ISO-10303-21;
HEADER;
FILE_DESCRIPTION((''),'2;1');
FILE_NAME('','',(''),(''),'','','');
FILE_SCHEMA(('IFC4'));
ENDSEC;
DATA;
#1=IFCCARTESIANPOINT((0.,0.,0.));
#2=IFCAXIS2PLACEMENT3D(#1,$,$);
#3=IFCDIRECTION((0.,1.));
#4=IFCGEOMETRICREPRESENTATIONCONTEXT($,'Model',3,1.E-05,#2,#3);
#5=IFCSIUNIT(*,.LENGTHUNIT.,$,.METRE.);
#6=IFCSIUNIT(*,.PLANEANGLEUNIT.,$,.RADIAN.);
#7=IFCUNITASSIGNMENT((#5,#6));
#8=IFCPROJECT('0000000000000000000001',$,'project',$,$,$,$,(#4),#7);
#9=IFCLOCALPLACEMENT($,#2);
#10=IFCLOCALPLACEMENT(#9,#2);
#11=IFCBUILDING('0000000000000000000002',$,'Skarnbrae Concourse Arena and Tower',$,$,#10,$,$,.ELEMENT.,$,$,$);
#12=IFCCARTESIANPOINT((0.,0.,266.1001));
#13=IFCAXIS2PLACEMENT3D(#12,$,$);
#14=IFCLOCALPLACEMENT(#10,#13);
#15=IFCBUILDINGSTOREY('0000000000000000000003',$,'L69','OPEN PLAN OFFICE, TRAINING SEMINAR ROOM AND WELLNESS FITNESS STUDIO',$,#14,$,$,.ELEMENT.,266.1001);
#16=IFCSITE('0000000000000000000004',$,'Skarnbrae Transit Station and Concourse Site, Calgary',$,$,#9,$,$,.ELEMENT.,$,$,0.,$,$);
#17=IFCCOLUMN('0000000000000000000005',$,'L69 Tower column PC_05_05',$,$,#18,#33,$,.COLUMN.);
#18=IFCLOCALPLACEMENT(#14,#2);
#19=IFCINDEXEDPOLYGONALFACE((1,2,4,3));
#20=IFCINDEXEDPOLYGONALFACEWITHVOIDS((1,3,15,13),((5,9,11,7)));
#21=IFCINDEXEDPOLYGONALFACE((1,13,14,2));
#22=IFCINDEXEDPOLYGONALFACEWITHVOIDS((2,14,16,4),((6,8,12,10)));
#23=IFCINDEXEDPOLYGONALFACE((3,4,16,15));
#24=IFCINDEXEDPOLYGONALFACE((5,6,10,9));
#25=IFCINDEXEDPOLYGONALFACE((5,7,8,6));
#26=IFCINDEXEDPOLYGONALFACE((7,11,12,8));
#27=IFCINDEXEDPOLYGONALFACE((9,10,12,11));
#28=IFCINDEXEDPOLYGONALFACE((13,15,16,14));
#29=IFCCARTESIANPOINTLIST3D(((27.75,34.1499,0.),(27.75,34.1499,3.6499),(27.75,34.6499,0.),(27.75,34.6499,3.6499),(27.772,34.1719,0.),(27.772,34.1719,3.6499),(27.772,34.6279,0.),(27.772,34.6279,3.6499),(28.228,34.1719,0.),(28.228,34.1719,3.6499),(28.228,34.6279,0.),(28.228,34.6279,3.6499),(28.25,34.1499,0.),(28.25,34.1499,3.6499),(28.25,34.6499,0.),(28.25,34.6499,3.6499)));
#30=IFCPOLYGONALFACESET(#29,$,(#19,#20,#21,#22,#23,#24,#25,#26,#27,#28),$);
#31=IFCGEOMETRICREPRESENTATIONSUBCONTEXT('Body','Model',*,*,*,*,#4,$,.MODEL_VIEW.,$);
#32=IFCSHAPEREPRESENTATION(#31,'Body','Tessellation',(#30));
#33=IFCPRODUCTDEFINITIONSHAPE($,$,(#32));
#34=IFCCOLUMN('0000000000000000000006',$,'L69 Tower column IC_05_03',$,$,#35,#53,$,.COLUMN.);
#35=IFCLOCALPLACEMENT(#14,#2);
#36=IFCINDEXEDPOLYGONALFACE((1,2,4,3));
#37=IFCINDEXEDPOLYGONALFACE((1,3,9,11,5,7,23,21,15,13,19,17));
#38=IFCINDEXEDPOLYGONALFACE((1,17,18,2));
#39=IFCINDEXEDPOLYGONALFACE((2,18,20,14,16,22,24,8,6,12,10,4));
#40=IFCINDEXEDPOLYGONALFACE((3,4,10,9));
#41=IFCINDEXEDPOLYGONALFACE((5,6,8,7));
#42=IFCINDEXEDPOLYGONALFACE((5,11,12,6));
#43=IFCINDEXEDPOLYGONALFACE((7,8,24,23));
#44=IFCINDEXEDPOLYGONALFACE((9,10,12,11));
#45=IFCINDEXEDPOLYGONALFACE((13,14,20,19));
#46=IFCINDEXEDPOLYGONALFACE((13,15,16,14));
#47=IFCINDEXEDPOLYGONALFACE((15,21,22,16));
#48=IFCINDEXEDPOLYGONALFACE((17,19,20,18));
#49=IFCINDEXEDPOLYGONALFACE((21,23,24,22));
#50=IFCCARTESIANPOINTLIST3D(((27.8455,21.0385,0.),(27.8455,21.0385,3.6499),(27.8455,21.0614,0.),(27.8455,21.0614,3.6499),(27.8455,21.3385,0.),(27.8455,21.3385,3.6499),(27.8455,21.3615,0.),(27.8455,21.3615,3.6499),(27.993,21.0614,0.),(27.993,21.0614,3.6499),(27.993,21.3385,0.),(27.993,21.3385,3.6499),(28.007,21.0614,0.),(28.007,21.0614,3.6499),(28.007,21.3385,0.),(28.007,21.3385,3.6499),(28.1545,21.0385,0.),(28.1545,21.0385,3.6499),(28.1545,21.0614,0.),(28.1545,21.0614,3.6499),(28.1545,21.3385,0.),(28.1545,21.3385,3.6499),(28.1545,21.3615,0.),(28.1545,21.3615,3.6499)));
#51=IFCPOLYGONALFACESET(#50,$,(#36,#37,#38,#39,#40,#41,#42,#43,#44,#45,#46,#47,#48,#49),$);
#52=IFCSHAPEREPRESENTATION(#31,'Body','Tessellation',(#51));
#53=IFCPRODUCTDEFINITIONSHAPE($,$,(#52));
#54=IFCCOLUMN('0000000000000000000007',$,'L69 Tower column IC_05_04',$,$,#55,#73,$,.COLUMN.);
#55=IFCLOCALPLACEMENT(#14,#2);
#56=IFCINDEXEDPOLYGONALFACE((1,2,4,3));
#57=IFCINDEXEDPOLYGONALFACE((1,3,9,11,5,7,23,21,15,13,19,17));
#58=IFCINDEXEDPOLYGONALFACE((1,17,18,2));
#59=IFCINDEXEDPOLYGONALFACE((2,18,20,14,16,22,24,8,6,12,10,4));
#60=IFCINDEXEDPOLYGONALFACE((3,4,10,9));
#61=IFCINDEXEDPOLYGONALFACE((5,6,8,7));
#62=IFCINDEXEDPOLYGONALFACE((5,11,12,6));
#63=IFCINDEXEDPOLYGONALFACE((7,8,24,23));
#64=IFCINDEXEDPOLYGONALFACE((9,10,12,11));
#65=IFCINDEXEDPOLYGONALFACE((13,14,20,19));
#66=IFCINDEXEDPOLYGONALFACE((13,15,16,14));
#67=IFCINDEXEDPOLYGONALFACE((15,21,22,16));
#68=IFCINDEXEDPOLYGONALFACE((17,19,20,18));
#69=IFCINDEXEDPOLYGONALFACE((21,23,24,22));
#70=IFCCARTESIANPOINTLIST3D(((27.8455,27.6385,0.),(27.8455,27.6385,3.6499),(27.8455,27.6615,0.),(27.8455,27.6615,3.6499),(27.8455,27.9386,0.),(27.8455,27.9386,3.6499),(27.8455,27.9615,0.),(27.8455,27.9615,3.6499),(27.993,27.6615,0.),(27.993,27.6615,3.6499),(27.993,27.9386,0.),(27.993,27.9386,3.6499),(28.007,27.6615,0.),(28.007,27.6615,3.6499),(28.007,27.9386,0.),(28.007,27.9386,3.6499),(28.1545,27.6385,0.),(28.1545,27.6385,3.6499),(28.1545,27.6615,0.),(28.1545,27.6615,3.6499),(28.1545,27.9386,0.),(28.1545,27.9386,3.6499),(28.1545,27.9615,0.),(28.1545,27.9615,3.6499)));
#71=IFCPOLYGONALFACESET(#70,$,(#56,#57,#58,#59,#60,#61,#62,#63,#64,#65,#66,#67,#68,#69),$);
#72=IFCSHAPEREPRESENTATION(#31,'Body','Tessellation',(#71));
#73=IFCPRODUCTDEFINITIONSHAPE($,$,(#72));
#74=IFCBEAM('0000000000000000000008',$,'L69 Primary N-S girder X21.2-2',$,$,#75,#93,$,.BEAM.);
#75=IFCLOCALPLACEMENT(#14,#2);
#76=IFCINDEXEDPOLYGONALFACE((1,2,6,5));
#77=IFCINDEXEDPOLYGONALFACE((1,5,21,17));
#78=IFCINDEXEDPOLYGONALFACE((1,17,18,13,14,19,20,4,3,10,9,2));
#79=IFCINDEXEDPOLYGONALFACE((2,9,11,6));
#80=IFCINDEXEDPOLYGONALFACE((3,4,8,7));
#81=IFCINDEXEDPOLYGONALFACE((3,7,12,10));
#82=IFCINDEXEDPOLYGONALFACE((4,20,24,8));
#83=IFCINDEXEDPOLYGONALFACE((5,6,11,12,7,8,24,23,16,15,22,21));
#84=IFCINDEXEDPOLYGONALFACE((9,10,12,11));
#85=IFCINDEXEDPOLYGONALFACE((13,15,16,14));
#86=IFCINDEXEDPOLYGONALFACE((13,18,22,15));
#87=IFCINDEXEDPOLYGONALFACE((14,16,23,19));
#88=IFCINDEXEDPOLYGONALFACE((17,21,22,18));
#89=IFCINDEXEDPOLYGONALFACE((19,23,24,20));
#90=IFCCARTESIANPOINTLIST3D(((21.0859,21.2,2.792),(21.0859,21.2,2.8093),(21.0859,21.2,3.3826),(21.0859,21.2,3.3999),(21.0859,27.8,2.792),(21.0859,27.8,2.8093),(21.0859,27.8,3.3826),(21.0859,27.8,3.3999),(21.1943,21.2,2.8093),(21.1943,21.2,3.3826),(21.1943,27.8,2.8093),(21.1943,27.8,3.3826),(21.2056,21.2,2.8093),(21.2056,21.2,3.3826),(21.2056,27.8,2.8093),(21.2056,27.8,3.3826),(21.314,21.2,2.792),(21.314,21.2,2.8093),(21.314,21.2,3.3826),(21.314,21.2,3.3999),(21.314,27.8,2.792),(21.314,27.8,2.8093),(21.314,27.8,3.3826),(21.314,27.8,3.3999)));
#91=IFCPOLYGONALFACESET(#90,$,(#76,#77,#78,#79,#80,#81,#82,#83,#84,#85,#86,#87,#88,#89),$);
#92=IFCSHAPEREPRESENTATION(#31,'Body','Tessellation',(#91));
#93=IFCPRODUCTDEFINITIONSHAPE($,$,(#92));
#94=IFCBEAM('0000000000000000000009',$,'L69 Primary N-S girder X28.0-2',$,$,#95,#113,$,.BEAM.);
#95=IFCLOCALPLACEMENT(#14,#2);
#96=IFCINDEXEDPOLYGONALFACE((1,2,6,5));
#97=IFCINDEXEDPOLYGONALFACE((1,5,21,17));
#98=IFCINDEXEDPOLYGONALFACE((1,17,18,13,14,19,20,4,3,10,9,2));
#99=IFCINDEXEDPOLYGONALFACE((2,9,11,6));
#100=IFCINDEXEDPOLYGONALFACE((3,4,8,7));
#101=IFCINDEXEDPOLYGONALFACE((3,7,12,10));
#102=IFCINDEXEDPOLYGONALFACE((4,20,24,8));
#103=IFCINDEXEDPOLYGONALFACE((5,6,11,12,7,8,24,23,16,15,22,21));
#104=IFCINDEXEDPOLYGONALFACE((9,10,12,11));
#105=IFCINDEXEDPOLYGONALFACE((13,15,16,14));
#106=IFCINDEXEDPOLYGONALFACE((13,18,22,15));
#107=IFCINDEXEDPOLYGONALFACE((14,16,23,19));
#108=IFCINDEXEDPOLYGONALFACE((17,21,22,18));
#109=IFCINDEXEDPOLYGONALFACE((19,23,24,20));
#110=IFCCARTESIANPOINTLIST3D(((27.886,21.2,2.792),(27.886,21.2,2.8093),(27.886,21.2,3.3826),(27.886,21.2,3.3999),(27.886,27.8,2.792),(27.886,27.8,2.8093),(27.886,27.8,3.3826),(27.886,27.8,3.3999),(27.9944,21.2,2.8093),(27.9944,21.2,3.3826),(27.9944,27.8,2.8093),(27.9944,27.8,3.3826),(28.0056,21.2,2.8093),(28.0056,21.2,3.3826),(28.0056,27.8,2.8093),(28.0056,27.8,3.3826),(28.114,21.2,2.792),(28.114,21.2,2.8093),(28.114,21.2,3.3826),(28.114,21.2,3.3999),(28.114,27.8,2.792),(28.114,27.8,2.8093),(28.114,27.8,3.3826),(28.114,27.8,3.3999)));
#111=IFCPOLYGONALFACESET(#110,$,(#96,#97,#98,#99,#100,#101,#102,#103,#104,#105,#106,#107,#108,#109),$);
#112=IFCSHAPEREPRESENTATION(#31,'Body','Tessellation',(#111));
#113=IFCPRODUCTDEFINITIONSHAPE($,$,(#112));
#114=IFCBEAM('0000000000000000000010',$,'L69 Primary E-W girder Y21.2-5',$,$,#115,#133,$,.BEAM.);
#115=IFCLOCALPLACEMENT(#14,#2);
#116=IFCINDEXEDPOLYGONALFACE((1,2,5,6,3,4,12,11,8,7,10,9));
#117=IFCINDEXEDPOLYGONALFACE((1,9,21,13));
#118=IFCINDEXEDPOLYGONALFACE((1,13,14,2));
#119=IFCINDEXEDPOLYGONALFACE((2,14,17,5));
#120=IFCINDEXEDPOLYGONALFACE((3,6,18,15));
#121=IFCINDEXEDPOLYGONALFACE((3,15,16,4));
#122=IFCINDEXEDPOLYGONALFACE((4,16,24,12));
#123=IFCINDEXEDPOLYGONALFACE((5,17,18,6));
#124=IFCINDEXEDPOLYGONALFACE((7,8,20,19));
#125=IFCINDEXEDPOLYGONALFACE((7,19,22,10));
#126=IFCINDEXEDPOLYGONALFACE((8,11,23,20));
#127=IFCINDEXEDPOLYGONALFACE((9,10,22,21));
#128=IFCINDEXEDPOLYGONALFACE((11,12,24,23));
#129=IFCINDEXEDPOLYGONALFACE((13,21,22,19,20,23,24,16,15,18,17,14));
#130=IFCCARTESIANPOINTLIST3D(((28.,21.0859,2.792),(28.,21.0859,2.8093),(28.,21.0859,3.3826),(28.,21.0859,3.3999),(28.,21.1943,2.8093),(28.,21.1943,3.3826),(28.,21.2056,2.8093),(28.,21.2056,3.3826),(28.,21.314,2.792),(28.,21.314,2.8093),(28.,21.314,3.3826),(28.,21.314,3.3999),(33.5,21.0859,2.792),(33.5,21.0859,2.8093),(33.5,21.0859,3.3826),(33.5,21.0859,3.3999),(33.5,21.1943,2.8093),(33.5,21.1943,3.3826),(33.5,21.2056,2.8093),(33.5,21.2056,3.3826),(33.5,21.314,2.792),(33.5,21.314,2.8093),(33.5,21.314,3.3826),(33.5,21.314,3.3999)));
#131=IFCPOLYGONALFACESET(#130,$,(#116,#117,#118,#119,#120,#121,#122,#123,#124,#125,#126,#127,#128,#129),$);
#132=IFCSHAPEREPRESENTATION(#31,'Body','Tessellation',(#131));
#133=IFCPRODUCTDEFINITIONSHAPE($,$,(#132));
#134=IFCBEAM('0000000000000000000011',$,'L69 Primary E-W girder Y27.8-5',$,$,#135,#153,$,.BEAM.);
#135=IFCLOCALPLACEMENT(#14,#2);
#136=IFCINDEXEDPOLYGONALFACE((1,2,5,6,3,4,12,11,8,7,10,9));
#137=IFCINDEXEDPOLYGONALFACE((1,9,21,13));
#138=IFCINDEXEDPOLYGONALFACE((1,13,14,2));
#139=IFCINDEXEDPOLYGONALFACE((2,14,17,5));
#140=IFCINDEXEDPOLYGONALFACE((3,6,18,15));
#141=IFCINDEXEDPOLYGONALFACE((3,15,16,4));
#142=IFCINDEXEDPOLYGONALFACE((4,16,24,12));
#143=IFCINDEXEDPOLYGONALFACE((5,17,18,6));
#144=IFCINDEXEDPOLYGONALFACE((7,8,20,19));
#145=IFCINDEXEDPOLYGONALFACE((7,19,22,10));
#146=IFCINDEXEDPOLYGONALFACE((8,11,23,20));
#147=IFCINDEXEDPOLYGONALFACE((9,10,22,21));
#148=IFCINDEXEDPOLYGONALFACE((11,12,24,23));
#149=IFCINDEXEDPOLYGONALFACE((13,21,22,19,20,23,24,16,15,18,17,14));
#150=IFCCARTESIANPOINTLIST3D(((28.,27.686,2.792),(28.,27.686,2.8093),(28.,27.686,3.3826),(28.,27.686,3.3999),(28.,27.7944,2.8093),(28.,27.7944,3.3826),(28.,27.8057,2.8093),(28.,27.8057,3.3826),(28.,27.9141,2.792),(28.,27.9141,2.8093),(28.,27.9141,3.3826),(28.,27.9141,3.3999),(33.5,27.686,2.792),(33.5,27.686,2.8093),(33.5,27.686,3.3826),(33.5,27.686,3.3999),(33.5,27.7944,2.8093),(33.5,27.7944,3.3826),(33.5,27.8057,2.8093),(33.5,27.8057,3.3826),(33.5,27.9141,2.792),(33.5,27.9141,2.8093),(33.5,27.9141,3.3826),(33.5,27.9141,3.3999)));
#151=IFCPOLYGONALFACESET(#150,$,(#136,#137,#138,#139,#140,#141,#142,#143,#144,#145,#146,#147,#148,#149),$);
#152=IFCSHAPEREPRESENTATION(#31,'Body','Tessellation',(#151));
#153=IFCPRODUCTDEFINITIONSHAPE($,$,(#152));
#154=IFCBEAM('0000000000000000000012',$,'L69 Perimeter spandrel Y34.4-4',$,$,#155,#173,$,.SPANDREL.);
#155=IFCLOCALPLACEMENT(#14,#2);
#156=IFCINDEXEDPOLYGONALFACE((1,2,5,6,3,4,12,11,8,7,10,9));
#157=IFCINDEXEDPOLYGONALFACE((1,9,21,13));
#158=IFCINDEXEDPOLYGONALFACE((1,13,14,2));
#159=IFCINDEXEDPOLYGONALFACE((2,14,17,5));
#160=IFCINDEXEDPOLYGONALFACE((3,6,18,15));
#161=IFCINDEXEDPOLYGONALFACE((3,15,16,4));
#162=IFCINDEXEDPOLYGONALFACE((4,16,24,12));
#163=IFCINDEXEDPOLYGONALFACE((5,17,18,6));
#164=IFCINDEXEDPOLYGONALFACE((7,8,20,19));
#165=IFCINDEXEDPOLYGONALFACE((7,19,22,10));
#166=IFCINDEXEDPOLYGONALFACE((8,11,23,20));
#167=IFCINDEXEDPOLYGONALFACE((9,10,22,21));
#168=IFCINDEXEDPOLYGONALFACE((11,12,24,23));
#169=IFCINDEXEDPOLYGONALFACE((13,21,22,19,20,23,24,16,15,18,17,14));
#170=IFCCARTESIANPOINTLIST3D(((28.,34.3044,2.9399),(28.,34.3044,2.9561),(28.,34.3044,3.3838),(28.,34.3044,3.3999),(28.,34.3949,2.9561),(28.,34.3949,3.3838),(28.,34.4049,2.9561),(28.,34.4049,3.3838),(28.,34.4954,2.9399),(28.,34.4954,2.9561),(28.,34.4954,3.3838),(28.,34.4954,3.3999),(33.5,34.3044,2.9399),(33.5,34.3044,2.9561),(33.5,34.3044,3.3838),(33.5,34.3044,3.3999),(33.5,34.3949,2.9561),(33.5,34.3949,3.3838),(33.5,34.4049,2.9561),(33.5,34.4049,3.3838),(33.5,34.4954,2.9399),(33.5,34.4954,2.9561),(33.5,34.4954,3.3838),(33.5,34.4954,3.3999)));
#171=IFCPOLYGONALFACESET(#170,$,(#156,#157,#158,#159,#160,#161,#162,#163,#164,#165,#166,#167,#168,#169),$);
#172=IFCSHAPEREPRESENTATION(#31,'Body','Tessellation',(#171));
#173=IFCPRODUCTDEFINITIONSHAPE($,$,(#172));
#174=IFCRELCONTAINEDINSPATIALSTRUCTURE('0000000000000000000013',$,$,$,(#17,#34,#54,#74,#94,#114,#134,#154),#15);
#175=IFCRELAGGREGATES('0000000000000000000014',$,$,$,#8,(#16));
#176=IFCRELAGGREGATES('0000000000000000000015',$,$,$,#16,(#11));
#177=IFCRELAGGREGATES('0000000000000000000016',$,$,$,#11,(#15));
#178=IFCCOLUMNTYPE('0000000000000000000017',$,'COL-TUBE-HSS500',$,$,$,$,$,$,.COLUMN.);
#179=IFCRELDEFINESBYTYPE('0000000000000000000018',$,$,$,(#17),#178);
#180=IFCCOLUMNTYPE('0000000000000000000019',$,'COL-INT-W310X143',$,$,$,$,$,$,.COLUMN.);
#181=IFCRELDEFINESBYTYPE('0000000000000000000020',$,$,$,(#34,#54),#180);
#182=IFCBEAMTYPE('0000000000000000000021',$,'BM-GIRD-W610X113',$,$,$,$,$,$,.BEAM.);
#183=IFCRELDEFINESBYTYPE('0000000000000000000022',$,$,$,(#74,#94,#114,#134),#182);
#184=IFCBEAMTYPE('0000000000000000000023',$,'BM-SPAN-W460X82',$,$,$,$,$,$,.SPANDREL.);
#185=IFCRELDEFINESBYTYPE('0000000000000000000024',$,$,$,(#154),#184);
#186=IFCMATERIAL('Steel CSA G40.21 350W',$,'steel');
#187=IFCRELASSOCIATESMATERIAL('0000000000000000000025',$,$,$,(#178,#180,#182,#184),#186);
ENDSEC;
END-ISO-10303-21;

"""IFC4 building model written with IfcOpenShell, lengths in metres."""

from ifc_helpers import new_model, si_unit, direction, frame, origin, origin_2d, place, context, subcontext, project, spatial, hollow_rectangle, i_section, extrude, source, transform, mapped, material, material_profile, profile_set, type_object, element, save


model = new_model("IFC4")

# Units and contexts
model_context = context("Model", 3, precision=1e-05, world=origin(), true_north=direction((0.0, 1.0)))
body_context = subcontext(model_context, "Body", "Model", "MODEL_VIEW")
ifc_project = project(units=[si_unit("LENGTHUNIT", "METRE"), si_unit("PLANEANGLEUNIT", "RADIAN")], contexts=[model_context])

# Site, building, storey
site_placement = place(None, origin())
site = spatial("IfcSite", under=ifc_project, at=site_placement, Name="Skarnbrae Transit Station and Concourse Site, Calgary", CompositionType="ELEMENT", RefElevation=0.0)
building_placement = place(site_placement, origin())
building = spatial("IfcBuilding", under=site, at=building_placement, Name="Skarnbrae Concourse Arena and Tower", CompositionType="ELEMENT")
storey_placement = place(building_placement, frame((0.0, 0.0, 266.1001)))
storey = spatial("IfcBuildingStorey", under=building, at=storey_placement, Name="L69", Description="OPEN PLAN OFFICE, TRAINING SEMINAR ROOM AND WELLNESS FITNESS STUDIO", CompositionType="ELEMENT", Elevation=266.1001)

# Columns
ifc_material_1 = material(Name="Steel CSA G40.21 350W", Category="steel")
ifc_material_profile_1 = material_profile(ifc_material_1, hollow_rectangle(XDim=0.5, YDim=0.5, WallThickness=0.022, at=origin_2d()), Name="HSS500X500X22.0")
ifc_profile_set_1 = profile_set([ifc_material_profile_1], Name="Steel CSA G40.21 350W")
column_type_1 = type_object("IfcColumnType", Name="COL-TUBE-HSS500", PredefinedType="COLUMN", material=ifc_profile_set_1)
shared_shape_1 = source(origin(), body_context, "Body", "SweptSolid", [
    extrude(hollow_rectangle(XDim=0.5, YDim=0.5, WallThickness=0.022, at=origin_2d()), origin(), (0.0, 0.0, 1.0), 3.6499),
])
column_placement = place(storey_placement, frame((28.0, 34.3999, 0.0), z_axis=(0.0, 0.0, 1.0), x_axis=(1.0, 0.0, 0.0)))
element("IfcColumn", 1, at=column_placement, inside=storey, type_object=column_type_1, Name="L69 Tower column PC_05_05", PredefinedType="COLUMN", context=body_context, shape_type="MappedRepresentation", body=[
    mapped(shared_shape_1, transform((0.0, 0.0, 0.0))),
])
ifc_material_profile_2 = material_profile(ifc_material_1, i_section(OverallWidth=0.3091, OverallDepth=0.323, WebThickness=0.0139, FlangeThickness=0.0229, at=origin_2d()), Name="W310X143")
ifc_profile_set_2 = profile_set([ifc_material_profile_2], Name="Steel CSA G40.21 350W")
column_type_2 = type_object("IfcColumnType", Name="COL-INT-W310X143", PredefinedType="COLUMN", material=ifc_profile_set_2)
shared_shape_2 = source(origin(), body_context, "Body", "SweptSolid", [
    extrude(i_section(OverallWidth=0.3091, OverallDepth=0.323, WebThickness=0.0139, FlangeThickness=0.0229, at=origin_2d()), origin(), (0.0, 0.0, 1.0), 3.6499),
])
for number, where, z_axis, x_axis, name in (
    (2, (28.0, 21.2, 0.0), (0.0, 0.0, 1.0), (1.0, 0.0, 0.0), "L69 Tower column IC_05_03"),
    (3, (28.0, 27.8, 0.0), (0.0, 0.0, 1.0), (1.0, 0.0, 0.0), "L69 Tower column IC_05_04"),
):
    element("IfcColumn", number, at=place(storey_placement, frame(where, z_axis=z_axis, x_axis=x_axis)), inside=storey, type_object=column_type_2, Name=name, PredefinedType="COLUMN", context=body_context, shape_type="MappedRepresentation", body=[
        mapped(shared_shape_2, transform((0.0, 0.0, 0.0))),
    ])

# Beams
ifc_material_profile_3 = material_profile(ifc_material_1, i_section(OverallWidth=0.228, OverallDepth=0.6079, WebThickness=0.0112, FlangeThickness=0.0173, at=origin_2d()), Name="W610X113")
ifc_profile_set_3 = profile_set([ifc_material_profile_3], Name="Steel CSA G40.21 350W")
beam_type_1 = type_object("IfcBeamType", Name="BM-GIRD-W610X113", PredefinedType="BEAM", material=ifc_profile_set_3)
shared_shape_3 = source(origin(), body_context, "Body", "SweptSolid", [
    extrude(i_section(OverallWidth=0.228, OverallDepth=0.6079, WebThickness=0.0112, FlangeThickness=0.0173, at=origin_2d()), origin(), (0.0, 0.0, 1.0), 6.6001),
])
for number, where, z_axis, x_axis, name in (
    (4, (21.2, 21.2, 3.0959), (0.0, 1.0, 0.0), (-1.0, 0.0, 0.0), "L69 Primary N-S girder X21.2-2"),
    (5, (28.0, 21.2, 3.0959), (0.0, 1.0, 0.0), (-1.0, 0.0, 0.0), "L69 Primary N-S girder X28.0-2"),
):
    element("IfcBeam", number, at=place(storey_placement, frame(where, z_axis=z_axis, x_axis=x_axis)), inside=storey, type_object=beam_type_1, Name=name, PredefinedType="BEAM", context=body_context, shape_type="MappedRepresentation", body=[
        mapped(shared_shape_3, transform((0.0, 0.0, 0.0))),
    ])
shared_shape_4 = source(origin(), body_context, "Body", "SweptSolid", [
    extrude(i_section(OverallWidth=0.228, OverallDepth=0.6079, WebThickness=0.0112, FlangeThickness=0.0173, at=origin_2d()), origin(), (0.0, 0.0, 1.0), 5.5),
])
for number, where, z_axis, x_axis, name in (
    (6, (28.0, 21.2, 3.0959), (1.0, 0.0, 0.0), (0.0, 1.0, 0.0), "L69 Primary E-W girder Y21.2-5"),
    (7, (28.0, 27.8, 3.0959), (1.0, 0.0, 0.0), (0.0, 1.0, 0.0), "L69 Primary E-W girder Y27.8-5"),
):
    element("IfcBeam", number, at=place(storey_placement, frame(where, z_axis=z_axis, x_axis=x_axis)), inside=storey, type_object=beam_type_1, Name=name, PredefinedType="BEAM", context=body_context, shape_type="MappedRepresentation", body=[
        mapped(shared_shape_4, transform((0.0, 0.0, 0.0))),
    ])
ifc_material_profile_4 = material_profile(ifc_material_1, i_section(OverallWidth=0.1909, OverallDepth=0.46, WebThickness=0.01, FlangeThickness=0.0161, at=origin_2d()), Name="W460X82")
ifc_profile_set_4 = profile_set([ifc_material_profile_4], Name="Steel CSA G40.21 350W")
beam_type_2 = type_object("IfcBeamType", Name="BM-SPAN-W460X82", PredefinedType="SPANDREL", material=ifc_profile_set_4)
shared_shape_5 = source(origin(), body_context, "Body", "SweptSolid", [
    extrude(i_section(OverallWidth=0.1909, OverallDepth=0.46, WebThickness=0.01, FlangeThickness=0.0161, at=origin_2d()), origin(), (0.0, 0.0, 1.0), 5.5),
])
beam_placement = place(storey_placement, frame((28.0, 34.3999, 3.1699), z_axis=(1.0, 0.0, 0.0), x_axis=(0.0, 1.0, 0.0)))
element("IfcBeam", 8, at=beam_placement, inside=storey, type_object=beam_type_2, Name="L69 Perimeter spandrel Y34.4-4", PredefinedType="SPANDREL", context=body_context, shape_type="MappedRepresentation", body=[
    mapped(shared_shape_5, transform((0.0, 0.0, 0.0))),
])

save(model, "model.ifc")
